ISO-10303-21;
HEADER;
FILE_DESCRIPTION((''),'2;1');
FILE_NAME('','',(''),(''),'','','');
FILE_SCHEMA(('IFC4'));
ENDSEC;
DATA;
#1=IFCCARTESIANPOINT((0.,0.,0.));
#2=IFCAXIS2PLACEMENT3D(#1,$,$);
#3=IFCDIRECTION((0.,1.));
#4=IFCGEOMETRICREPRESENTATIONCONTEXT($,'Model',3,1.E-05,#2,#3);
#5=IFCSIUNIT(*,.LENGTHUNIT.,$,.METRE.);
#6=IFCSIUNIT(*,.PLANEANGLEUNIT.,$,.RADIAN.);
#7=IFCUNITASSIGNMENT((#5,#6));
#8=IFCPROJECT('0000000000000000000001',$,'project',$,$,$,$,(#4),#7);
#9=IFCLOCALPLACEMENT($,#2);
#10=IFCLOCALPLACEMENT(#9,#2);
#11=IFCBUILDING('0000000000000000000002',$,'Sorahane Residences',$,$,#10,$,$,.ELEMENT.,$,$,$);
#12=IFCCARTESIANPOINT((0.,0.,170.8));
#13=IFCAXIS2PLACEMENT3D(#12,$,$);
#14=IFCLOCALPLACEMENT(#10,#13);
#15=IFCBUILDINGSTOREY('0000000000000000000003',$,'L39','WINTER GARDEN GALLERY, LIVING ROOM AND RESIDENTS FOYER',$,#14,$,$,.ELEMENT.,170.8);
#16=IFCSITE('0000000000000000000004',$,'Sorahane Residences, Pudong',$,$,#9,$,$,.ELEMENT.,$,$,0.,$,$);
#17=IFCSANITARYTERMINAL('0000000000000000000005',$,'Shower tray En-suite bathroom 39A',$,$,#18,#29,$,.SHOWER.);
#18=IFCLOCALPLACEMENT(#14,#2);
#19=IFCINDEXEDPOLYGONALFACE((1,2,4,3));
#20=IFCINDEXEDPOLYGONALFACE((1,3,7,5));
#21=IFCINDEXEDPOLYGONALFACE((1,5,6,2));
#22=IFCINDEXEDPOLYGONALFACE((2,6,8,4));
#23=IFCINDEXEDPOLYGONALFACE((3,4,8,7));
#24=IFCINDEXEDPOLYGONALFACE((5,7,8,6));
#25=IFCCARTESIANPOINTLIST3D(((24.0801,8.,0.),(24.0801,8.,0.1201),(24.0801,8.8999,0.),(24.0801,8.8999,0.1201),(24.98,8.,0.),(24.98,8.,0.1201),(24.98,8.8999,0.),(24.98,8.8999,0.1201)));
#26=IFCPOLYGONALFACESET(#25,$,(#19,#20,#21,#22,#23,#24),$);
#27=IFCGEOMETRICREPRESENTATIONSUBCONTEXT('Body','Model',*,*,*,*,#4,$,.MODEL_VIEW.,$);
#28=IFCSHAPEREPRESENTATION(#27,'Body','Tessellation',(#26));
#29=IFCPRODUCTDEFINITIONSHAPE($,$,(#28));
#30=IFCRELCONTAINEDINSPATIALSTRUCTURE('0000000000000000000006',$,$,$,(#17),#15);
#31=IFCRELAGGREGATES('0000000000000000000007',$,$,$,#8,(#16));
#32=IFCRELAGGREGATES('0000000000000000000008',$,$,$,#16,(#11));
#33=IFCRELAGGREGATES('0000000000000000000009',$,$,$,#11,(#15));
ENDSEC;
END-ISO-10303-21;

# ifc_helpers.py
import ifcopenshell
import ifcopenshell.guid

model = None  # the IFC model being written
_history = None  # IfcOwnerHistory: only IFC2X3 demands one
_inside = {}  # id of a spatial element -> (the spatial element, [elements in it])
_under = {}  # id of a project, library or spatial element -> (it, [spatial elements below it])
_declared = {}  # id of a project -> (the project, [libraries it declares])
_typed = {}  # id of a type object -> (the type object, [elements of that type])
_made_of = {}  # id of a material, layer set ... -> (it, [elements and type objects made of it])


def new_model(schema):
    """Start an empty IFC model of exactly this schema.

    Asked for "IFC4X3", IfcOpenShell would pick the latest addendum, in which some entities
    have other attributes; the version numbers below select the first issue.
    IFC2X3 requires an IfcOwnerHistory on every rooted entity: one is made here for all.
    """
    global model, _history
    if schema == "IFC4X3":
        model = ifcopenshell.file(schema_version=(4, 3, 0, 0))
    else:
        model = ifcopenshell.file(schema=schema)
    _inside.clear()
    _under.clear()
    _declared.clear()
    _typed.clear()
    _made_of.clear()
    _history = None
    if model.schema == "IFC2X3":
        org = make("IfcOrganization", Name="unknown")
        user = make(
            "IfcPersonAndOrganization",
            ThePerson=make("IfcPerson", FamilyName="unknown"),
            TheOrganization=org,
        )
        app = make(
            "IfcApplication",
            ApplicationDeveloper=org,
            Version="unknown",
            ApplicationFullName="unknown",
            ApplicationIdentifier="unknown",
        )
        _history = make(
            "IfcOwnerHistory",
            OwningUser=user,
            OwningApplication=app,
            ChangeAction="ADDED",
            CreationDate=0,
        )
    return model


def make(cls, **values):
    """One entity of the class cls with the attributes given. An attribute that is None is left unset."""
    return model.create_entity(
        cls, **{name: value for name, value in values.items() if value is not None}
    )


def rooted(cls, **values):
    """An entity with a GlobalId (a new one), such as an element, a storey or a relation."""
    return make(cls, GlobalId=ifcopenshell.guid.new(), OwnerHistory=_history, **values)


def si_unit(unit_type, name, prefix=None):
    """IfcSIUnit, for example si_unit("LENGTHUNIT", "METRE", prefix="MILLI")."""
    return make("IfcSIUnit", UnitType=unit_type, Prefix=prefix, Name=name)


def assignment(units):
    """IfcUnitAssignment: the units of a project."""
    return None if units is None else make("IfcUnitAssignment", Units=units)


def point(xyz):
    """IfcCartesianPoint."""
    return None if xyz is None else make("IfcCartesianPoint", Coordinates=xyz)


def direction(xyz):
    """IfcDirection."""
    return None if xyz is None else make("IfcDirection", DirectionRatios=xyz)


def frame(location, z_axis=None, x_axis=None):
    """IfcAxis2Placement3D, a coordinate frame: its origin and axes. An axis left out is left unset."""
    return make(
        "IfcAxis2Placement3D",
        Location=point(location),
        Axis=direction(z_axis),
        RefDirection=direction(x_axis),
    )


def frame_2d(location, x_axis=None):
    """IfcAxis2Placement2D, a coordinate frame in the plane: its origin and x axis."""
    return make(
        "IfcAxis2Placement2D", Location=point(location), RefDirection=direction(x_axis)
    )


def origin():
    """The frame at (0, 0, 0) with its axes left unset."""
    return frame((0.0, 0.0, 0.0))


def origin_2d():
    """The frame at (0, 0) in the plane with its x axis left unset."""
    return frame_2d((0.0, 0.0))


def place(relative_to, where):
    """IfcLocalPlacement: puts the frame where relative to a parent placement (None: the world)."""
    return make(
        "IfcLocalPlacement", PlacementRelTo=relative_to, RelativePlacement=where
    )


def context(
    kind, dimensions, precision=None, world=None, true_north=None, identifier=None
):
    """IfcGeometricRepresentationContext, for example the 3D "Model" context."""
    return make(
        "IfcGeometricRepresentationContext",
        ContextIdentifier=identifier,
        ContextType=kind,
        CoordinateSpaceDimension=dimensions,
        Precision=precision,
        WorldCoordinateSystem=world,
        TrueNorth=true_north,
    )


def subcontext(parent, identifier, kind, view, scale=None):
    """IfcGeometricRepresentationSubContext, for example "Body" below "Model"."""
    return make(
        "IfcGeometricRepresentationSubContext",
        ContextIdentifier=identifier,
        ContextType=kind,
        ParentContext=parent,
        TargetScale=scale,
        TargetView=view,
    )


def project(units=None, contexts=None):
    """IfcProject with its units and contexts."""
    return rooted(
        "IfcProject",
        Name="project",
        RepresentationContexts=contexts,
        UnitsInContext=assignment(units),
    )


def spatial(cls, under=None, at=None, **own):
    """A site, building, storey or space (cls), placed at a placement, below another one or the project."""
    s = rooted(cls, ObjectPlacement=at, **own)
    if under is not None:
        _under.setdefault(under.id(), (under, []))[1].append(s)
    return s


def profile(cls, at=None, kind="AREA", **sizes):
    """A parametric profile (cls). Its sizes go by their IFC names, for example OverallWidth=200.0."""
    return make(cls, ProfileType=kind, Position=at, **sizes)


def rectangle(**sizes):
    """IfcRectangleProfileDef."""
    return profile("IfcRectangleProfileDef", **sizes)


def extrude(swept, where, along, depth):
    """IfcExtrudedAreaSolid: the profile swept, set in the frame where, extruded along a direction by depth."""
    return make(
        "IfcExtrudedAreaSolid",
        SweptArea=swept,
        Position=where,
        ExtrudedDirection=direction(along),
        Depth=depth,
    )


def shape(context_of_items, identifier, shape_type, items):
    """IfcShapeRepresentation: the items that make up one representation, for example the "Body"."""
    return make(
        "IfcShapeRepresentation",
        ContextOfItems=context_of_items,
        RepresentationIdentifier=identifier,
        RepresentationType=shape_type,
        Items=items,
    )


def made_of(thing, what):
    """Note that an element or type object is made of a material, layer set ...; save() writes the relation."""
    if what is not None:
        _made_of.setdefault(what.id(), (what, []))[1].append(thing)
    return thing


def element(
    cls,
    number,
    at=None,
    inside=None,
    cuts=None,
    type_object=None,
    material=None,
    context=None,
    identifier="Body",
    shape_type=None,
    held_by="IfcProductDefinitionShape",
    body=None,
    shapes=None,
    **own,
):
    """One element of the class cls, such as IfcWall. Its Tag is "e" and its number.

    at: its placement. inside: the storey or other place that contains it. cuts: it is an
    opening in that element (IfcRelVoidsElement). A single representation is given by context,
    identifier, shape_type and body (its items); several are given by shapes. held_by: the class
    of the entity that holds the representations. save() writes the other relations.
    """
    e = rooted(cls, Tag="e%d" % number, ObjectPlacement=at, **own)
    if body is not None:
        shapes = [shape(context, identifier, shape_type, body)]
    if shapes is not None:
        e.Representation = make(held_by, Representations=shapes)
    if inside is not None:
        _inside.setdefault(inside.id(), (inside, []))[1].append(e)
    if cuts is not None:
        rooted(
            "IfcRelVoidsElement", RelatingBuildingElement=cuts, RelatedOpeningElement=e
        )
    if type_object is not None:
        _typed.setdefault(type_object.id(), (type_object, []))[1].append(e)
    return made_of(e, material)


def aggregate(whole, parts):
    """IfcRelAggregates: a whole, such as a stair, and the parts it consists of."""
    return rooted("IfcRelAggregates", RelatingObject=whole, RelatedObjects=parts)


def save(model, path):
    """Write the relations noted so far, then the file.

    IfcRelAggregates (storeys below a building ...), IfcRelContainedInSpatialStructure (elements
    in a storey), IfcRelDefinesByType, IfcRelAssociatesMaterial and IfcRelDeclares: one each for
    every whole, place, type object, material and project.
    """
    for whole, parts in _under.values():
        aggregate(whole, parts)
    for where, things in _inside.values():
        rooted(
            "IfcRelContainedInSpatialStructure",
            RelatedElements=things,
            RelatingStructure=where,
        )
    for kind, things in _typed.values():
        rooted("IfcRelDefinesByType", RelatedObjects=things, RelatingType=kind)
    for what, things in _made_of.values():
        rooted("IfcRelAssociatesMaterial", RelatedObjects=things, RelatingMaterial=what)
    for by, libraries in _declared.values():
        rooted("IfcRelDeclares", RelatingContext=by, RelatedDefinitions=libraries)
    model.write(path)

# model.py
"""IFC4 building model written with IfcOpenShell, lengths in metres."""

from ifc_helpers import new_model, si_unit, direction, frame, origin, origin_2d, place, context, subcontext, project, spatial, rectangle, extrude, element, save


model = new_model("IFC4")

# Units and contexts
model_context = context("Model", 3, precision=1e-05, world=origin(), true_north=direction((0.0, 1.0)))
body_context = subcontext(model_context, "Body", "Model", "MODEL_VIEW")
ifc_project = project(units=[si_unit("LENGTHUNIT", "METRE"), si_unit("PLANEANGLEUNIT", "RADIAN")], contexts=[model_context])

# Site, building, storey
site_placement = place(None, origin())
site = spatial("IfcSite", under=ifc_project, at=site_placement, Name="Sorahane Residences, Pudong", CompositionType="ELEMENT", RefElevation=0.0)
building_placement = place(site_placement, origin())
building = spatial("IfcBuilding", under=site, at=building_placement, Name="Sorahane Residences", CompositionType="ELEMENT")
storey_placement = place(building_placement, frame((0.0, 0.0, 170.8)))
storey = spatial("IfcBuildingStorey", under=building, at=storey_placement, Name="L39", Description="WINTER GARDEN GALLERY, LIVING ROOM AND RESIDENTS FOYER", CompositionType="ELEMENT", Elevation=170.8)

# Sanitary terminal
sanitary_terminal_placement = place(storey_placement, frame((24.53, 8.45, 0.0), z_axis=(0.0, 0.0, 1.0), x_axis=(1.0, 0.0, 0.0)))
element("IfcSanitaryTerminal", 1, at=sanitary_terminal_placement, inside=storey, Name="Shower tray En-suite bathroom 39A", PredefinedType="SHOWER", context=body_context, shape_type="SweptSolid", body=[
    extrude(rectangle(XDim=0.8999, YDim=0.8999, at=origin_2d()), origin(), (0.0, 0.0, 1.0), 0.1201),
])

save(model, "model.ifc")
